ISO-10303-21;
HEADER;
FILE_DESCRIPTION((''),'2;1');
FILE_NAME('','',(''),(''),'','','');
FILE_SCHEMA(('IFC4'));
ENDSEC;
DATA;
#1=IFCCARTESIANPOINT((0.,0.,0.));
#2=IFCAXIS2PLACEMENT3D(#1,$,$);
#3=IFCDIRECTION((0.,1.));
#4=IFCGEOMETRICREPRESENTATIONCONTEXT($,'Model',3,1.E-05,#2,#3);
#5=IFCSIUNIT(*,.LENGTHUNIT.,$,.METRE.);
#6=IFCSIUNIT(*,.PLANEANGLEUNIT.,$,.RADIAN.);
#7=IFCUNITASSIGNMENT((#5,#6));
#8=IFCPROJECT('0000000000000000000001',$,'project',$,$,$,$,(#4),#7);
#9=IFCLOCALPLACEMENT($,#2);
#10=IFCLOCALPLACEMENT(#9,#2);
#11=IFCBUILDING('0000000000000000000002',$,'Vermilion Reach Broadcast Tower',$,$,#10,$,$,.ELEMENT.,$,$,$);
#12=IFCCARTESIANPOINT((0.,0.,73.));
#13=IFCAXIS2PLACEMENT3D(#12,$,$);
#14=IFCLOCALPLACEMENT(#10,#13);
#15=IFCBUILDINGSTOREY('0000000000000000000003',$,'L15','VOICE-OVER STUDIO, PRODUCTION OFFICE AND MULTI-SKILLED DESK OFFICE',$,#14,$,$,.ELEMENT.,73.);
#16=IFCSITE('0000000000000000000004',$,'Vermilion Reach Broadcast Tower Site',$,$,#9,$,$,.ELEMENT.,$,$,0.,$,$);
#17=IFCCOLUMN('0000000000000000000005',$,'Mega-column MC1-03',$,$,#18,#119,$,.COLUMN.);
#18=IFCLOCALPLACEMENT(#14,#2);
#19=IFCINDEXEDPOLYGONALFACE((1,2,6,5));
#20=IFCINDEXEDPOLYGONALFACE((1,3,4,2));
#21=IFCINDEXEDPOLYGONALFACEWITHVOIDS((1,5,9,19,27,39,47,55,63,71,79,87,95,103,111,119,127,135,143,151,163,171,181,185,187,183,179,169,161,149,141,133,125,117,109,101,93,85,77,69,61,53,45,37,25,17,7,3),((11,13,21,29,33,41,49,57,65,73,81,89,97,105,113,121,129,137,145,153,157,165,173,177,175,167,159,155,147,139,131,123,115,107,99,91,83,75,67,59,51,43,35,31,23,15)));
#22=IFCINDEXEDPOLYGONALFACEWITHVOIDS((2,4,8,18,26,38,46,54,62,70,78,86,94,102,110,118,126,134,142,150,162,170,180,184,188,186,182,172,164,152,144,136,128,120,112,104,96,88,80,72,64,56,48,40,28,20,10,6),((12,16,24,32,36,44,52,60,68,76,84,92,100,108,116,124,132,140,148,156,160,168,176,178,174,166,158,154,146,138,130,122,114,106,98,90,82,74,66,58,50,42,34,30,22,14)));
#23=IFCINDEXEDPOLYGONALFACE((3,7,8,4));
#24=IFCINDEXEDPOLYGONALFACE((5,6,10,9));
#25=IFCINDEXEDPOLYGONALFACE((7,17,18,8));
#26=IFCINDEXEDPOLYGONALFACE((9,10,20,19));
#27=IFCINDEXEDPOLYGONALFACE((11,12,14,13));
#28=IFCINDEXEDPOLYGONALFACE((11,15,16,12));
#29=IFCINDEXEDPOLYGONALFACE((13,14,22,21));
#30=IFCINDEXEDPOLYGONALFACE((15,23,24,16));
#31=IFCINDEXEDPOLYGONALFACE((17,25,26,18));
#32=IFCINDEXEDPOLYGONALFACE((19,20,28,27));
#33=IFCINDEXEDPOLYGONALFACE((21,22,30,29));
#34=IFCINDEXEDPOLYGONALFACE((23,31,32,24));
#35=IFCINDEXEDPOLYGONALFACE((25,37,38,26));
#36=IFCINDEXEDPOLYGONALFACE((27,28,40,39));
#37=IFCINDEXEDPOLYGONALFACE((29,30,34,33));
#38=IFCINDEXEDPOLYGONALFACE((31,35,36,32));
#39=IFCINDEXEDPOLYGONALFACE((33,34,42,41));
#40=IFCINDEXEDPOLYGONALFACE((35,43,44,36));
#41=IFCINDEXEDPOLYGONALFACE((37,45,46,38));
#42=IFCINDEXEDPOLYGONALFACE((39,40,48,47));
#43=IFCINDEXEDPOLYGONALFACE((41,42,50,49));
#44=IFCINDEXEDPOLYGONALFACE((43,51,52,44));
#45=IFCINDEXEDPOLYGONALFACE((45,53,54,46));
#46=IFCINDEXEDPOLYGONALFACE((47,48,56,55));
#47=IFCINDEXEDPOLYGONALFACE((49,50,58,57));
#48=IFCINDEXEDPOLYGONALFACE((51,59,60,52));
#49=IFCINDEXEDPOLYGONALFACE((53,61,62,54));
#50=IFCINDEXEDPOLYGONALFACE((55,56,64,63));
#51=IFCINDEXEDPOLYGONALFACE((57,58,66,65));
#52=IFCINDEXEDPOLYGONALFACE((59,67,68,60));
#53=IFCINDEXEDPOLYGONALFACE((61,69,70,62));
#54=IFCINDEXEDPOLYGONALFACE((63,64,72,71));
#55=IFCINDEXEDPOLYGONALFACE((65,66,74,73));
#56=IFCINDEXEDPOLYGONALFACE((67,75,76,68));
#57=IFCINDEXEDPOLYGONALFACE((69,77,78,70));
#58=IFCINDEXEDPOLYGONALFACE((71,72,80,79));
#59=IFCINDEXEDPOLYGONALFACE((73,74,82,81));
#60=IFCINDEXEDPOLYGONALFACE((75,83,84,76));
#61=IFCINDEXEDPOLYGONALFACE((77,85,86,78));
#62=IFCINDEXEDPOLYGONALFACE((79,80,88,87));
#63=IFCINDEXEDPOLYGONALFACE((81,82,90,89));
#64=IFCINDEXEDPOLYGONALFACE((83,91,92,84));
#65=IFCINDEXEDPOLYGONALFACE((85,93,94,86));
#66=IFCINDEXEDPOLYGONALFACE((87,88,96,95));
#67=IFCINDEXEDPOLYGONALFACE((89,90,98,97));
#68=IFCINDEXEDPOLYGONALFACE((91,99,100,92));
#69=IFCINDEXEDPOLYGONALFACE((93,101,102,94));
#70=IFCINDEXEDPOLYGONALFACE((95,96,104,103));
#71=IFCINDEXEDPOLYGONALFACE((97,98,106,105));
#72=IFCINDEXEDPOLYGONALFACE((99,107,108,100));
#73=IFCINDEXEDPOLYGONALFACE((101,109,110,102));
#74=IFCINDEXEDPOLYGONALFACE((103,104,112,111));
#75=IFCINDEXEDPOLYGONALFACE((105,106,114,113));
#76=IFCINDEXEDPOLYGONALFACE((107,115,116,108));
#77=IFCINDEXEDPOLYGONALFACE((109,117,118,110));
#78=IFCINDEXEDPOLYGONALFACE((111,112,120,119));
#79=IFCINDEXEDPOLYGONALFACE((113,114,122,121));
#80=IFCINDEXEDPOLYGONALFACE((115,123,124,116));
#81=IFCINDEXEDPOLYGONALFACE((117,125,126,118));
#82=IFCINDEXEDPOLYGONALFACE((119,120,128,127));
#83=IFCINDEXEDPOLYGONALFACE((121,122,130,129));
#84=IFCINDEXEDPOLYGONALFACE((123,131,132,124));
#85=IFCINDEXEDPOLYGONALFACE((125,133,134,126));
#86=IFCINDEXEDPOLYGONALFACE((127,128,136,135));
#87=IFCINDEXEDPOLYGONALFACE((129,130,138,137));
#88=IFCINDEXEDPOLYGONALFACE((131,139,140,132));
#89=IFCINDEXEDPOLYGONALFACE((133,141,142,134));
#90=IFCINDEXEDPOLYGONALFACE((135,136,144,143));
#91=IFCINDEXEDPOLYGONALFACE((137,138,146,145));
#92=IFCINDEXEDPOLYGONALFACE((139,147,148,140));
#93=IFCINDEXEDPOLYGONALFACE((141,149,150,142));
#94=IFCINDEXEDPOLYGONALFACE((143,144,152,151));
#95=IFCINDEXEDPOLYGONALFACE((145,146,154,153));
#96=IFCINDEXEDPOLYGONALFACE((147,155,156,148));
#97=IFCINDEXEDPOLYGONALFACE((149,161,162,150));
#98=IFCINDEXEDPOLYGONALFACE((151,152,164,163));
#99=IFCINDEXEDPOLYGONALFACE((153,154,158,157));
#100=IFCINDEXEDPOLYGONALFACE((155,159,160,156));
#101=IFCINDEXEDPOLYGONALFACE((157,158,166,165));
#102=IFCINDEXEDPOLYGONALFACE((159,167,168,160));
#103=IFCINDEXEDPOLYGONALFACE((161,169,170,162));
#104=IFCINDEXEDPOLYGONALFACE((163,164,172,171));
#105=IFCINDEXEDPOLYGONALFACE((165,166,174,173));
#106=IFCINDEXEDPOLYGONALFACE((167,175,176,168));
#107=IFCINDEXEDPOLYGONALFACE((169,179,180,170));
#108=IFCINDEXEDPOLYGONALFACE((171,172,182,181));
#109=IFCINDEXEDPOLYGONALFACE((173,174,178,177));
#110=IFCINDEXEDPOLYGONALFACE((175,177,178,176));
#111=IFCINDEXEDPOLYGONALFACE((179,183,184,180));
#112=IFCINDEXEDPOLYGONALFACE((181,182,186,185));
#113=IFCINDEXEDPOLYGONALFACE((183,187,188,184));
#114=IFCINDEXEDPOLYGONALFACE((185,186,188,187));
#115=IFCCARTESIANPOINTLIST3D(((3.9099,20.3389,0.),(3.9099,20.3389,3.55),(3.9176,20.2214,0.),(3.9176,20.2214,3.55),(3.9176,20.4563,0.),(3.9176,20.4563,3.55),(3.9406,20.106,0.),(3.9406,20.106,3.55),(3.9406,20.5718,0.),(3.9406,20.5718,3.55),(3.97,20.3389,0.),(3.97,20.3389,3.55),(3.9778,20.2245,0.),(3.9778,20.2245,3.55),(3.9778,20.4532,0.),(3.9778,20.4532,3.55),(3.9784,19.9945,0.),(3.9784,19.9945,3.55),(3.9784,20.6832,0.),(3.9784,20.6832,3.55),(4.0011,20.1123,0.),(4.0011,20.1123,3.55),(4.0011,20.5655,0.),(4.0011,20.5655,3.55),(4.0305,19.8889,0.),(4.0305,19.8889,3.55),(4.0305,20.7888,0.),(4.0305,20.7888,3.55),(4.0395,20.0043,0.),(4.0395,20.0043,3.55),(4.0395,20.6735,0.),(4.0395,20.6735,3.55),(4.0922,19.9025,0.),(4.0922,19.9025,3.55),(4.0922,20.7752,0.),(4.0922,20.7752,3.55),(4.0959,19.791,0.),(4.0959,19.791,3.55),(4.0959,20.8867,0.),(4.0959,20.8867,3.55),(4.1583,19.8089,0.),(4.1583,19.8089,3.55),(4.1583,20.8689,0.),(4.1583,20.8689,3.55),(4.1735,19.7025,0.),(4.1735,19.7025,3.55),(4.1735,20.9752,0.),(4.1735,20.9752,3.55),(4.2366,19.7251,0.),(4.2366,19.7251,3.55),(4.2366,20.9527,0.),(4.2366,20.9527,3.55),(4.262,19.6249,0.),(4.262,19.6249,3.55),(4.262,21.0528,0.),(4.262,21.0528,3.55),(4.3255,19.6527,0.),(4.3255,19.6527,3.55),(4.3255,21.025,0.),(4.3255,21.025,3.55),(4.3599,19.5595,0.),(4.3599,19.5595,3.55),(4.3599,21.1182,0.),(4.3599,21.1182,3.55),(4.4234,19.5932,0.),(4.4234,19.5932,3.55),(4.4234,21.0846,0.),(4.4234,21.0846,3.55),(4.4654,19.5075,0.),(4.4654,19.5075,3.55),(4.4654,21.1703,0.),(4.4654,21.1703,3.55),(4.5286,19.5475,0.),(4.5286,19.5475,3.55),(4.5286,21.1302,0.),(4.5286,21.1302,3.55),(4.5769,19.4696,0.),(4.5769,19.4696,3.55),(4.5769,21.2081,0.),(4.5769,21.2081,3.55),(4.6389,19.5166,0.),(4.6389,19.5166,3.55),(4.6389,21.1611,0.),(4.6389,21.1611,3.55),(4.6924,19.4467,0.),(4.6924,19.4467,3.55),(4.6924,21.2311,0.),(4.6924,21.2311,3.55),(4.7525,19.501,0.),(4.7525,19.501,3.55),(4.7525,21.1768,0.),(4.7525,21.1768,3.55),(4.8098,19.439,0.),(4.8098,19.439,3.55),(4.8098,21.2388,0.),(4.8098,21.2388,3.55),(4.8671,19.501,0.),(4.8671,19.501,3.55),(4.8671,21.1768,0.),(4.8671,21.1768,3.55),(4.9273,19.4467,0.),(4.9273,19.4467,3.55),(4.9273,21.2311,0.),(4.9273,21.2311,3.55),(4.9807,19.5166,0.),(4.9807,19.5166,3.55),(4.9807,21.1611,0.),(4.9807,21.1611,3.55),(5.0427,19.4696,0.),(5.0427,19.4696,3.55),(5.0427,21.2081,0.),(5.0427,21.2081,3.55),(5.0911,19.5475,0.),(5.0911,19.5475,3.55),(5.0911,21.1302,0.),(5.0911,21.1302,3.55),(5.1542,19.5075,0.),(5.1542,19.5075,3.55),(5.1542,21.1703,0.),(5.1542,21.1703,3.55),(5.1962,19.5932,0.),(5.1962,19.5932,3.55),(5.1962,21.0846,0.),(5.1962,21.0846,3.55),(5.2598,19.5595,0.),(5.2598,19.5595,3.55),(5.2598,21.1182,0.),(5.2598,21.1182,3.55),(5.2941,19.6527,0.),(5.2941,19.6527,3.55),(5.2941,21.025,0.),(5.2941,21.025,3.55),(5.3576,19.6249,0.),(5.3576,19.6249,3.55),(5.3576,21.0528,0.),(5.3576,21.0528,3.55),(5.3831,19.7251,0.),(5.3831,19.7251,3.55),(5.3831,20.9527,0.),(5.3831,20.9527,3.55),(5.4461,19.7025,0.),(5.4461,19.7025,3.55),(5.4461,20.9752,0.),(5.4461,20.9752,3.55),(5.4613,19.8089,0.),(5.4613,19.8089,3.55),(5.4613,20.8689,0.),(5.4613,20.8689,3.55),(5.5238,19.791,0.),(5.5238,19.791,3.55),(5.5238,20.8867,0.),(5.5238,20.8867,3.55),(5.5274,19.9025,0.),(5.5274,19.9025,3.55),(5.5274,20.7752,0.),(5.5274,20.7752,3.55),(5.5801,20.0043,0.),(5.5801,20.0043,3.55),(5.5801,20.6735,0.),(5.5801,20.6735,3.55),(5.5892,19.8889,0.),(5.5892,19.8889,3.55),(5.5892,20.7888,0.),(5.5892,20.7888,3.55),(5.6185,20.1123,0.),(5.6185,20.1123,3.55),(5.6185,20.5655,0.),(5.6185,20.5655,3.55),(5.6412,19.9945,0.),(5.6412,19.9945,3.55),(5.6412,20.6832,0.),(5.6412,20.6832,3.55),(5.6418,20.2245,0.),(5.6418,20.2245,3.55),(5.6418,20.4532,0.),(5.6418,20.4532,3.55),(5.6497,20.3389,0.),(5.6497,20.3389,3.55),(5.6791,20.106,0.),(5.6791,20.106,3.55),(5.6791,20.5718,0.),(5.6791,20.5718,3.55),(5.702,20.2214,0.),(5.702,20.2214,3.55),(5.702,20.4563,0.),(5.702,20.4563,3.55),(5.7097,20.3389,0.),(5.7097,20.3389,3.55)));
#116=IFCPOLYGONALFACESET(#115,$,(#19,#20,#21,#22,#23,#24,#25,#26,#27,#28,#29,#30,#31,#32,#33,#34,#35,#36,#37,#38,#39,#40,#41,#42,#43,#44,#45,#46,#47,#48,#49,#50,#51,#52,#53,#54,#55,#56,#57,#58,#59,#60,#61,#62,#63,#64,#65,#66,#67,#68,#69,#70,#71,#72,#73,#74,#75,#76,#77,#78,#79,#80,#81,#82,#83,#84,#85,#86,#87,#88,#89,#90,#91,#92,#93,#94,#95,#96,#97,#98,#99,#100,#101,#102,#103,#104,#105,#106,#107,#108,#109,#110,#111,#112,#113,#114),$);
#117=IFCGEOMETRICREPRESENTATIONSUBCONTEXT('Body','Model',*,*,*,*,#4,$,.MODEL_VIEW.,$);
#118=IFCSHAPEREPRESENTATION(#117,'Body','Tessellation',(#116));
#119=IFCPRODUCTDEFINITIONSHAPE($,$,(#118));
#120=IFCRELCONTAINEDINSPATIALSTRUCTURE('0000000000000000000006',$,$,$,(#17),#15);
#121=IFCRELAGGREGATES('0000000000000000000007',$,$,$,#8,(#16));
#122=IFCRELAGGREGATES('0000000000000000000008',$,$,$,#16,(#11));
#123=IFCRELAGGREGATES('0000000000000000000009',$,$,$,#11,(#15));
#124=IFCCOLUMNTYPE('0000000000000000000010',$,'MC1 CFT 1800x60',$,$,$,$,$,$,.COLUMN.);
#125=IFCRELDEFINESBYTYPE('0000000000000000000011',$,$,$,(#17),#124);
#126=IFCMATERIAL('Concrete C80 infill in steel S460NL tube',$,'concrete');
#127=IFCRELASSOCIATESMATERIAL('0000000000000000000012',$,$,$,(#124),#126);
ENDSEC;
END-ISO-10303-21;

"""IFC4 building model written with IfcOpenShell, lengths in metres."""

from ifc_helpers import new_model, si_unit, direction, frame, origin, origin_2d, place, context, subcontext, project, spatial, hollow_circle, extrude, material, material_profile, profile_set, type_object, element, save


model = new_model("IFC4")

# Units and contexts
model_context = context("Model", 3, precision=1e-05, world=origin(), true_north=direction((0.0, 1.0)))
body_context = subcontext(model_context, "Body", "Model", "MODEL_VIEW")
ifc_project = project(units=[si_unit("LENGTHUNIT", "METRE"), si_unit("PLANEANGLEUNIT", "RADIAN")], contexts=[model_context])

# Site, building, storey
site_placement = place(None, origin())
site = spatial("IfcSite", under=ifc_project, at=site_placement, Name="Vermilion Reach Broadcast Tower Site", CompositionType="ELEMENT", RefElevation=0.0)
building_placement = place(site_placement, origin())
building = spatial("IfcBuilding", under=site, at=building_placement, Name="Vermilion Reach Broadcast Tower", CompositionType="ELEMENT")
storey_placement = place(building_placement, frame((0.0, 0.0, 73.0)))
storey = spatial("IfcBuildingStorey", under=building, at=storey_placement, Name="L15", Description="VOICE-OVER STUDIO, PRODUCTION OFFICE AND MULTI-SKILLED DESK OFFICE", CompositionType="ELEMENT", Elevation=73.0)

# Column
ifc_material_1 = material(Name="Concrete C80 infill in steel S460NL tube", Category="concrete")
ifc_material_profile_1 = material_profile(ifc_material_1, hollow_circle(Radius=0.8999, WallThickness=0.0601, at=origin_2d()), Name="Concrete C80 infill in steel S460NL tube CFT 1800x60")
ifc_profile_set_1 = profile_set([ifc_material_profile_1], Name="Concrete C80 infill in steel S460NL tube")
column_type = type_object("IfcColumnType", Name="MC1 CFT 1800x60", PredefinedType="COLUMN", material=ifc_profile_set_1)
for number, where, z_axis, x_axis, name in (
    (1, (4.8098, 20.3389, 0.0), (0.0, 0.0, 1.0), (1.0, 0.0, 0.0), "Mega-column MC1-03"),
):
    element("IfcColumn", number, at=place(storey_placement, frame(where, z_axis=z_axis, x_axis=x_axis)), inside=storey, type_object=column_type, Name=name, PredefinedType="COLUMN", context=body_context, shape_type="SweptSolid", body=[
        extrude(hollow_circle(Radius=0.8999, WallThickness=0.0601, at=origin_2d()), origin(), (0.0, 0.0, 1.0), 3.55),
    ])

save(model, "model.ifc")
